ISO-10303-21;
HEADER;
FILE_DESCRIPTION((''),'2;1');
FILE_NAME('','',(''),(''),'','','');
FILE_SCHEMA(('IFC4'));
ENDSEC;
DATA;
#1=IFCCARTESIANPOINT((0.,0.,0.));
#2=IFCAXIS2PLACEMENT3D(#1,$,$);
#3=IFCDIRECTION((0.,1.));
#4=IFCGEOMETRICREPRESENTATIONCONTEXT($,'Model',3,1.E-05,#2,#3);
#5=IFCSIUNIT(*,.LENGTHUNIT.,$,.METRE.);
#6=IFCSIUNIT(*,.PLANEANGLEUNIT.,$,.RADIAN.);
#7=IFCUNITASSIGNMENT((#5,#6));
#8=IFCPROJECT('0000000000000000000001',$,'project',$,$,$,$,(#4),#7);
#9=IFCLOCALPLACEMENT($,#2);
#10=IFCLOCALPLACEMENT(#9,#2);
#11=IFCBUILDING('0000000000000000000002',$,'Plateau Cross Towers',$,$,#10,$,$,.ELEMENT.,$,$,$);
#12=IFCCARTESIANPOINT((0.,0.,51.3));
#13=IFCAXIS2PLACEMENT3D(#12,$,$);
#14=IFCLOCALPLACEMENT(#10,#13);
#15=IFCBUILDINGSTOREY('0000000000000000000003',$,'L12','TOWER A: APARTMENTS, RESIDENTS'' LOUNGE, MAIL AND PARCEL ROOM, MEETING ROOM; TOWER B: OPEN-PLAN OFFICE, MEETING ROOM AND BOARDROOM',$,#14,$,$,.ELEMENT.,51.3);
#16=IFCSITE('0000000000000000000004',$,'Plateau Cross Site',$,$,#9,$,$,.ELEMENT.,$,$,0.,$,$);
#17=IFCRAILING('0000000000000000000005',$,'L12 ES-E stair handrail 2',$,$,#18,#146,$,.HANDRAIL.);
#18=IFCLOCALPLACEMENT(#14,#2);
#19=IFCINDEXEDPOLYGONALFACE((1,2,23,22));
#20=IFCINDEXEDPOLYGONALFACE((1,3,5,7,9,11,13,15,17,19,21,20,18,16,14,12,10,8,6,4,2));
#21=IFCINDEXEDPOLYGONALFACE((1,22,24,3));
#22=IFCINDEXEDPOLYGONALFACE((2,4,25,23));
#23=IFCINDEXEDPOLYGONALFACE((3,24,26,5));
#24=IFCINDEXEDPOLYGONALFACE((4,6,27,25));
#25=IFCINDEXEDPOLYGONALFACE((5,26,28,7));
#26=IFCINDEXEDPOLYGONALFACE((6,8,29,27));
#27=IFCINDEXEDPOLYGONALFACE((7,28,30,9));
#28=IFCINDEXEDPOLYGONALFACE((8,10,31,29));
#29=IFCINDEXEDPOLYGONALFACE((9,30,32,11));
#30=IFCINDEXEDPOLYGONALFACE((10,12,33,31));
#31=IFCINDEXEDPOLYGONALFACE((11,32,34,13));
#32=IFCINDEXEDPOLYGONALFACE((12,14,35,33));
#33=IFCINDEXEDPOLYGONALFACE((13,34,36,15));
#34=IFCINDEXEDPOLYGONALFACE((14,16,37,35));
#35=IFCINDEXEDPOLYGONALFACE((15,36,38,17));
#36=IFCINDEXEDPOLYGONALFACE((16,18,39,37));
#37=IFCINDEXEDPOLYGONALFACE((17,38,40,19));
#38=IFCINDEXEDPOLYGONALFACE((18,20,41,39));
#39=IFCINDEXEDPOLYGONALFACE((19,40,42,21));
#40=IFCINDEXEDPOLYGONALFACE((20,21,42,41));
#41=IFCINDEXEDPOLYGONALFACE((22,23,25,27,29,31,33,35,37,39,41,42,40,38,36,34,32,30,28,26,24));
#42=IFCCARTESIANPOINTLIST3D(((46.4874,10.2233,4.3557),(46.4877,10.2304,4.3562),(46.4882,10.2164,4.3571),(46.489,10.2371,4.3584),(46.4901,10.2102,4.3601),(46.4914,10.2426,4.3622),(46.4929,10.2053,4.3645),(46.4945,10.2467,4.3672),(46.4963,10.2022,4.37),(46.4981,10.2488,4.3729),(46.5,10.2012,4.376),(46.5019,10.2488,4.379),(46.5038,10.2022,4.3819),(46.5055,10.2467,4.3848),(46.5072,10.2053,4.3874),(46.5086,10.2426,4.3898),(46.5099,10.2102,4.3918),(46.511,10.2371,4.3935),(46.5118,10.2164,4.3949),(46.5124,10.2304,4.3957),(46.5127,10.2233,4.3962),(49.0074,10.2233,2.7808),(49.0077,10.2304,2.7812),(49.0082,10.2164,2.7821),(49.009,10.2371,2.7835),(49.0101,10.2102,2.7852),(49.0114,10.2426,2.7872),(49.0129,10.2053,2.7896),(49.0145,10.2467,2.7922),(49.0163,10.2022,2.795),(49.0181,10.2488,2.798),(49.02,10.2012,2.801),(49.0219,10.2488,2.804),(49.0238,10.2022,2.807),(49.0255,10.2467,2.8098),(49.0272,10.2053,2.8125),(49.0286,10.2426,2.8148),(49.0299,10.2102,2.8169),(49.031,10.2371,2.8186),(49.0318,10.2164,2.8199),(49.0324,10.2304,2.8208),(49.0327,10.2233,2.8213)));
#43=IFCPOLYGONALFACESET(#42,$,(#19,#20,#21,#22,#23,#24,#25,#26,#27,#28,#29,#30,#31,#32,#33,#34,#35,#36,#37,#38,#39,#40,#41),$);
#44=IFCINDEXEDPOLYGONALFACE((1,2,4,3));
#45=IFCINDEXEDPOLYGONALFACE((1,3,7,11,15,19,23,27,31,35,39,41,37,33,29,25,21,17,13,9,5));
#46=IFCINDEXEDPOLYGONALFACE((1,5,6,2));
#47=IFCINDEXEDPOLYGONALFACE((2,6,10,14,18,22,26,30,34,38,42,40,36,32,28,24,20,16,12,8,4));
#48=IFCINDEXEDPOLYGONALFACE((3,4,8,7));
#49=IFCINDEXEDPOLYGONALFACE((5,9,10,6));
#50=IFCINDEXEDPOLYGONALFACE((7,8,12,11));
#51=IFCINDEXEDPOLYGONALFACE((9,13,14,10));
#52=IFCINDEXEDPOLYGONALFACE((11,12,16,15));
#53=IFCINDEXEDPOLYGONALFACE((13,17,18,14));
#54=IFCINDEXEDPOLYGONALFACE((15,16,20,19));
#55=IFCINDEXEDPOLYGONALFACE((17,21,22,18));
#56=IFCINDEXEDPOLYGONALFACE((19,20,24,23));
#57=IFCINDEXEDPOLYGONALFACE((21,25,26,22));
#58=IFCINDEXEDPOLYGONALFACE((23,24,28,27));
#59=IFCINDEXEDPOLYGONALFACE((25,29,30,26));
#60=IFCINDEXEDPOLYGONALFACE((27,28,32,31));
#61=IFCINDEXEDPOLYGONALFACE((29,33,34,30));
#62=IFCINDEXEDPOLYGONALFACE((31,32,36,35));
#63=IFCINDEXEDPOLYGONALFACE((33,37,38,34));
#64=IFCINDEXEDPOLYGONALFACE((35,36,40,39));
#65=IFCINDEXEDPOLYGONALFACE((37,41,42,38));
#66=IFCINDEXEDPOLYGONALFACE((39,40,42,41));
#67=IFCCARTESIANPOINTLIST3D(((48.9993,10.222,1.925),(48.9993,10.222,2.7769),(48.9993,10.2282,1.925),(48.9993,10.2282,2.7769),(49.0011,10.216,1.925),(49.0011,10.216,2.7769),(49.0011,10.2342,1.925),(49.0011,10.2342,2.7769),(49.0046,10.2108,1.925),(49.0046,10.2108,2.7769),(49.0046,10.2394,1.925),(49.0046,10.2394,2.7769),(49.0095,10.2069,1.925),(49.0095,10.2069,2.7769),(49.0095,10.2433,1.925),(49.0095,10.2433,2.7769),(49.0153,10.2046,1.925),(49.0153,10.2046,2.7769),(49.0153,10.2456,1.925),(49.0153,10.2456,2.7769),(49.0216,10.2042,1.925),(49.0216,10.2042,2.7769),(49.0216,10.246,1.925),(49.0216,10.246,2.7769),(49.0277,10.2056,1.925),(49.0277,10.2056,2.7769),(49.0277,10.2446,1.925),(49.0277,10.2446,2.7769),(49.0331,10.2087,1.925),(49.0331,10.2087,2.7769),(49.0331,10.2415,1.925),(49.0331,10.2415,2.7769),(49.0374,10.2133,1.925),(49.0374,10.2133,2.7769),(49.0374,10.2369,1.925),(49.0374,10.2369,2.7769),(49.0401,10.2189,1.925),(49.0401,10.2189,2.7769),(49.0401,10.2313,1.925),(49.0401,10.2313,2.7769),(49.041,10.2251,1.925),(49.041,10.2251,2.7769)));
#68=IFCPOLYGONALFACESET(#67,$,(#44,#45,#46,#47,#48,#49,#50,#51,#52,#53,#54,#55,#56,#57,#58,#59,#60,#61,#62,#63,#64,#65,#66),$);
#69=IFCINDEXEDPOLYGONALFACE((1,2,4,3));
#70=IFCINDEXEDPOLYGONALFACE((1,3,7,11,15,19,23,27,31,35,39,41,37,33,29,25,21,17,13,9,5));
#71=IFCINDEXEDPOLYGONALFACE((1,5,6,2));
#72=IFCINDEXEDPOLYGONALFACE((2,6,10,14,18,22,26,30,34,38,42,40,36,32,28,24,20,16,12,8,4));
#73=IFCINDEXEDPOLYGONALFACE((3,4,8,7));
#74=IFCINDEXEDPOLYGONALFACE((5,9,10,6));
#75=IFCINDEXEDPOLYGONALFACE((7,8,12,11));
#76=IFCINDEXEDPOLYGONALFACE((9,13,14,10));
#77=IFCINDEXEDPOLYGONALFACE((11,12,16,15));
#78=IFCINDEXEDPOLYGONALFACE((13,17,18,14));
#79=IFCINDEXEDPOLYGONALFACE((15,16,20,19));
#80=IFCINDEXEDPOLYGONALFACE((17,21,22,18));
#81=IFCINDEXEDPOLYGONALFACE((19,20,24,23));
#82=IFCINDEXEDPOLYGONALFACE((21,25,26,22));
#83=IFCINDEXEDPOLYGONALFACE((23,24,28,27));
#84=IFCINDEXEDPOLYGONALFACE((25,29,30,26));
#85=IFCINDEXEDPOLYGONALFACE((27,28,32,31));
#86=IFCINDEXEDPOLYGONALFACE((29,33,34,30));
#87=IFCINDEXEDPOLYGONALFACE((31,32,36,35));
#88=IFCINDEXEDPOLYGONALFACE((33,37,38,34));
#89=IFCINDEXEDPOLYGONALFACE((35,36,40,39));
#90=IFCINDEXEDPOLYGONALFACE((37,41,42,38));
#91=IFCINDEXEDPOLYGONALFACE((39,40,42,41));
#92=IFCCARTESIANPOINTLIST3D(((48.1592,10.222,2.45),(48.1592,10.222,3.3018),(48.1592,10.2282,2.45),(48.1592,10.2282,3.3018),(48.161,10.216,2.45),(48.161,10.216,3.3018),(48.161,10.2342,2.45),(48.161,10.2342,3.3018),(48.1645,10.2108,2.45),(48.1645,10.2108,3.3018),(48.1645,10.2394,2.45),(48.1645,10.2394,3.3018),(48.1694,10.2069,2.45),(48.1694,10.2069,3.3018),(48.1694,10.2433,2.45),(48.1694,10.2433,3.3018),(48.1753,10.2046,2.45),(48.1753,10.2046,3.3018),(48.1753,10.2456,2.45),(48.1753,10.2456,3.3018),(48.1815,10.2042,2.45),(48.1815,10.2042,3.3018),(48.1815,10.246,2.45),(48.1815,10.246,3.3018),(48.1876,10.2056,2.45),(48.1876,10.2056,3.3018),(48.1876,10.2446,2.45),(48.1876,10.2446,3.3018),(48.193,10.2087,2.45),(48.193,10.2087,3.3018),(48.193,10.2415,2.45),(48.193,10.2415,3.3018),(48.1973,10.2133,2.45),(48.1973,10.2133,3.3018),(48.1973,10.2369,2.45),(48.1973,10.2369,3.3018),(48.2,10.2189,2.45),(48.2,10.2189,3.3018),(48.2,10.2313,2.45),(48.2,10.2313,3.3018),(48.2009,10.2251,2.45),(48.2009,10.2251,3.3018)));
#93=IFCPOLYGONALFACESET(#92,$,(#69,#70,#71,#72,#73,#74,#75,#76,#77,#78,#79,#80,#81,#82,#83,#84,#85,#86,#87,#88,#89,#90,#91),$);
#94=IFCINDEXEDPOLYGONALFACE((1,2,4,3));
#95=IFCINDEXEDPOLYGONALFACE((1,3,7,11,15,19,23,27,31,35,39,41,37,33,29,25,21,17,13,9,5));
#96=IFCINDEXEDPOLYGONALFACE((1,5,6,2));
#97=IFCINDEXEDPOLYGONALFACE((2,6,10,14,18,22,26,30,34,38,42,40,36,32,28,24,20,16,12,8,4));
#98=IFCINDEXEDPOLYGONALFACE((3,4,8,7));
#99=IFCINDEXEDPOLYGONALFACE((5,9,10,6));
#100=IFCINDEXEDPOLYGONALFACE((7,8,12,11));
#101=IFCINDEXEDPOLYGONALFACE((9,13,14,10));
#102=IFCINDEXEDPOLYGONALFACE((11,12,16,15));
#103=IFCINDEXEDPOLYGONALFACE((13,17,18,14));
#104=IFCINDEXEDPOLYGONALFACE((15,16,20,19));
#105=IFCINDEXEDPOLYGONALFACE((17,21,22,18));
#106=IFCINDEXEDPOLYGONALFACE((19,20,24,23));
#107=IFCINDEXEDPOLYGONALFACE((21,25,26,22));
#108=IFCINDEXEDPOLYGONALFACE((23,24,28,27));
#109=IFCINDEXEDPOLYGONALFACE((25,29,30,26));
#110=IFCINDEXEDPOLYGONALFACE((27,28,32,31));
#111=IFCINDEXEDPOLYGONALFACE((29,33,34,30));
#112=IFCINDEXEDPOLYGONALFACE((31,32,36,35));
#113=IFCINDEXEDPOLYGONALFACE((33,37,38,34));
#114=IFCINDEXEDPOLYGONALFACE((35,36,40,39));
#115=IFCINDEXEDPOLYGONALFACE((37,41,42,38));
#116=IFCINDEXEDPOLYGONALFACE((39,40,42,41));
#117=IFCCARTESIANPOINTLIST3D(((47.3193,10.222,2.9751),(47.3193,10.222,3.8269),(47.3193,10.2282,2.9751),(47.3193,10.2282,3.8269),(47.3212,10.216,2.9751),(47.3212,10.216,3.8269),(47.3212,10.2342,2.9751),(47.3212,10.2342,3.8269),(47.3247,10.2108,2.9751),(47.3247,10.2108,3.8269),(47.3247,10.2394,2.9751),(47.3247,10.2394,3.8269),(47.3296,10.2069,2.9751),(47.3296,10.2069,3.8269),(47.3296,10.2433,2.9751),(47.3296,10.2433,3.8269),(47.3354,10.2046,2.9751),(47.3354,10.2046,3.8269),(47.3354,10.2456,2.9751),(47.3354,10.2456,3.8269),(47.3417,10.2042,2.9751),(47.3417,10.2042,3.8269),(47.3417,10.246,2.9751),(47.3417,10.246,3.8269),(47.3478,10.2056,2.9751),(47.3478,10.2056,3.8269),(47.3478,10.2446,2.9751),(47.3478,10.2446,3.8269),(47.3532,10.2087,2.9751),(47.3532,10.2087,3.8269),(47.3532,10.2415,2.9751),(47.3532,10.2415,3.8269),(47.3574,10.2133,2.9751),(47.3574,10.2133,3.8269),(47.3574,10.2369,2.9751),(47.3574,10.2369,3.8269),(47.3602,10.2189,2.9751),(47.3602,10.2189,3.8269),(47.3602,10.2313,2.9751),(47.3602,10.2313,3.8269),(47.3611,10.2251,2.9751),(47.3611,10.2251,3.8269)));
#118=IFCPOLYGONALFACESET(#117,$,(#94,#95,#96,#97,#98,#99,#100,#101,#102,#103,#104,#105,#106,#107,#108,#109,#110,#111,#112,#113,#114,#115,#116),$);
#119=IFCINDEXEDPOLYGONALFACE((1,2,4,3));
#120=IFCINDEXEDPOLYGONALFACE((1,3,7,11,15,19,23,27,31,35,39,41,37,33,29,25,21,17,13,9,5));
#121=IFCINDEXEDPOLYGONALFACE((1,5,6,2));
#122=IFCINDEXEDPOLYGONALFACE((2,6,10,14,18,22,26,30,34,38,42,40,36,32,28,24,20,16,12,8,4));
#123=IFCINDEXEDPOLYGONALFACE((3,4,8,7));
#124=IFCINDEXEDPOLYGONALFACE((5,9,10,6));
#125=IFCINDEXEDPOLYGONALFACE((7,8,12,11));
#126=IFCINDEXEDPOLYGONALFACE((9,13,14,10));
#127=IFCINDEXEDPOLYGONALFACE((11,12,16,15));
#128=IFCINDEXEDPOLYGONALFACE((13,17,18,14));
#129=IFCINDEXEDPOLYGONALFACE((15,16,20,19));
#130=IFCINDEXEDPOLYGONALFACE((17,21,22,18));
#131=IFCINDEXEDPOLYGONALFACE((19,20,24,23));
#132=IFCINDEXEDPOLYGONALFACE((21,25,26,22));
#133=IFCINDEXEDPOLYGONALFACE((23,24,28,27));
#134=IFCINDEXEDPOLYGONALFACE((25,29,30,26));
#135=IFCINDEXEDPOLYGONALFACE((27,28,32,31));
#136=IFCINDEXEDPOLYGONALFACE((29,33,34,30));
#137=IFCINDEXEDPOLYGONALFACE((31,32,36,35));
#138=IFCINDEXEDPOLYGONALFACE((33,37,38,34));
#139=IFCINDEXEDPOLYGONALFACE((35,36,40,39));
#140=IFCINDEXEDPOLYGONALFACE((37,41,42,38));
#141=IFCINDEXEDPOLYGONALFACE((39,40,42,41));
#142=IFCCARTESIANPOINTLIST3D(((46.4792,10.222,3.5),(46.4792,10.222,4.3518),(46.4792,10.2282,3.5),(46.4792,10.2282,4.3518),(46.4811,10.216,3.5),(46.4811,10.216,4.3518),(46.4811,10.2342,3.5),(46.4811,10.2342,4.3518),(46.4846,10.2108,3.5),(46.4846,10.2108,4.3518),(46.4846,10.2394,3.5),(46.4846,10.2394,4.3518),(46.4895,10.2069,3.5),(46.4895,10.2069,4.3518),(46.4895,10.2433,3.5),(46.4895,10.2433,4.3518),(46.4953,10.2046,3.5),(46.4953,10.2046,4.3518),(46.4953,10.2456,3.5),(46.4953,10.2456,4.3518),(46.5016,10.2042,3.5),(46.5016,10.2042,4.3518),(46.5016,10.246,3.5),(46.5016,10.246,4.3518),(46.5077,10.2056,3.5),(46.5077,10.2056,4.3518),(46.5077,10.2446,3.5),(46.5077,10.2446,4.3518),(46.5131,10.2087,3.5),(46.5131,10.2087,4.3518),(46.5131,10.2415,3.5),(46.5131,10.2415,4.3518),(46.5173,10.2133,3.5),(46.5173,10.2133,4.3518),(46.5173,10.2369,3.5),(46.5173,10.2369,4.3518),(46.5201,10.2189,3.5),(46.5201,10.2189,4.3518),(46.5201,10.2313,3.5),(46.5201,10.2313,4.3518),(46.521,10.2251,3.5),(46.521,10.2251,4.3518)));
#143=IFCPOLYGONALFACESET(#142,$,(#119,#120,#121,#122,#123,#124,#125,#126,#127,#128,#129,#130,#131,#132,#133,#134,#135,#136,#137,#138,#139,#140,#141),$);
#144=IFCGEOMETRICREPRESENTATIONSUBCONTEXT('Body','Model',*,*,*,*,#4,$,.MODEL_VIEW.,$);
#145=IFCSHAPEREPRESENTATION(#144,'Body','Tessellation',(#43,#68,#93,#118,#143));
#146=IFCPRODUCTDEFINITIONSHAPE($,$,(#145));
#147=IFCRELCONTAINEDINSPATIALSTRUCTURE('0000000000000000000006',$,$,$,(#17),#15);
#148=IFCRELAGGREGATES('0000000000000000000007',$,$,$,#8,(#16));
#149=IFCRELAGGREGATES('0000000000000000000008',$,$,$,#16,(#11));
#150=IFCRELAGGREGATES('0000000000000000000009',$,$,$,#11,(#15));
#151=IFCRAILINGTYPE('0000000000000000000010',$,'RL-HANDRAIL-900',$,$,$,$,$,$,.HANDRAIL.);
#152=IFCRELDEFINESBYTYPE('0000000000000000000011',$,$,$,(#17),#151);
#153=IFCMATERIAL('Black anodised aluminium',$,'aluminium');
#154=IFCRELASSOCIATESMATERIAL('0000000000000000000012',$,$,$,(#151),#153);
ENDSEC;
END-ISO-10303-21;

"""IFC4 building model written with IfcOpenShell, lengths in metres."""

from ifc_helpers import new_model, si_unit, direction, frame, origin, origin_2d, place, context, subcontext, project, spatial, circle, extrude, material, type_object, element, save


model = new_model("IFC4")

# Units and contexts
model_context = context("Model", 3, precision=1e-05, world=origin(), true_north=direction((0.0, 1.0)))
body_context = subcontext(model_context, "Body", "Model", "MODEL_VIEW")
ifc_project = project(units=[si_unit("LENGTHUNIT", "METRE"), si_unit("PLANEANGLEUNIT", "RADIAN")], contexts=[model_context])

# Site, building, storey
site_placement = place(None, origin())
site = spatial("IfcSite", under=ifc_project, at=site_placement, Name="Plateau Cross Site", CompositionType="ELEMENT", RefElevation=0.0)
building_placement = place(site_placement, origin())
building = spatial("IfcBuilding", under=site, at=building_placement, Name="Plateau Cross Towers", CompositionType="ELEMENT")
storey_placement = place(building_placement, frame((0.0, 0.0, 51.3)))
storey = spatial("IfcBuildingStorey", under=building, at=storey_placement, Name="L12", Description="TOWER A: APARTMENTS, RESIDENTS' LOUNGE, MAIL AND PARCEL ROOM, MEETING ROOM; TOWER B: OPEN-PLAN OFFICE, MEETING ROOM AND BOARDROOM", CompositionType="ELEMENT", Elevation=51.3)

# Shared definitions
ifc_material_1 = material(Name="Black anodised aluminium", Category="aluminium")

# Railing
railing_type_1 = type_object("IfcRailingType", Name="RL-HANDRAIL-900", PredefinedType="HANDRAIL", material=ifc_material_1)
railing_1_placement = place(storey_placement, frame((49.02, 10.2251, 1.925)))
element("IfcRailing", 1, at=railing_1_placement, inside=storey, type_object=railing_type_1, Name="L12 ES-E stair handrail 2", PredefinedType="HANDRAIL", context=body_context, shape_type="SweptSolid", body=[
    extrude(circle(Radius=0.0239, at=origin_2d()), frame((0.0, 0.0, 0.876), z_axis=(-0.848008, 0.0, 0.529984), x_axis=(0.0, -1.0, 0.0)), (0.0, 0.0, 1.0), 2.9717),
    extrude(circle(Radius=0.021, at=origin_2d()), origin(), (0.0, 0.0, 1.0), 0.8518),
    extrude(circle(Radius=0.021, at=origin_2d()), frame((-0.8401, 0.0, 0.5249)), (0.0, 0.0, 1.0), 0.8518),
    extrude(circle(Radius=0.021, at=origin_2d()), frame((-1.6799, 0.0, 1.05)), (0.0, 0.0, 1.0), 0.8518),
    extrude(circle(Radius=0.021, at=origin_2d()), frame((-2.52, 0.0, 1.575)), (0.0, 0.0, 1.0), 0.8518),
])

save(model, "model.ifc")
